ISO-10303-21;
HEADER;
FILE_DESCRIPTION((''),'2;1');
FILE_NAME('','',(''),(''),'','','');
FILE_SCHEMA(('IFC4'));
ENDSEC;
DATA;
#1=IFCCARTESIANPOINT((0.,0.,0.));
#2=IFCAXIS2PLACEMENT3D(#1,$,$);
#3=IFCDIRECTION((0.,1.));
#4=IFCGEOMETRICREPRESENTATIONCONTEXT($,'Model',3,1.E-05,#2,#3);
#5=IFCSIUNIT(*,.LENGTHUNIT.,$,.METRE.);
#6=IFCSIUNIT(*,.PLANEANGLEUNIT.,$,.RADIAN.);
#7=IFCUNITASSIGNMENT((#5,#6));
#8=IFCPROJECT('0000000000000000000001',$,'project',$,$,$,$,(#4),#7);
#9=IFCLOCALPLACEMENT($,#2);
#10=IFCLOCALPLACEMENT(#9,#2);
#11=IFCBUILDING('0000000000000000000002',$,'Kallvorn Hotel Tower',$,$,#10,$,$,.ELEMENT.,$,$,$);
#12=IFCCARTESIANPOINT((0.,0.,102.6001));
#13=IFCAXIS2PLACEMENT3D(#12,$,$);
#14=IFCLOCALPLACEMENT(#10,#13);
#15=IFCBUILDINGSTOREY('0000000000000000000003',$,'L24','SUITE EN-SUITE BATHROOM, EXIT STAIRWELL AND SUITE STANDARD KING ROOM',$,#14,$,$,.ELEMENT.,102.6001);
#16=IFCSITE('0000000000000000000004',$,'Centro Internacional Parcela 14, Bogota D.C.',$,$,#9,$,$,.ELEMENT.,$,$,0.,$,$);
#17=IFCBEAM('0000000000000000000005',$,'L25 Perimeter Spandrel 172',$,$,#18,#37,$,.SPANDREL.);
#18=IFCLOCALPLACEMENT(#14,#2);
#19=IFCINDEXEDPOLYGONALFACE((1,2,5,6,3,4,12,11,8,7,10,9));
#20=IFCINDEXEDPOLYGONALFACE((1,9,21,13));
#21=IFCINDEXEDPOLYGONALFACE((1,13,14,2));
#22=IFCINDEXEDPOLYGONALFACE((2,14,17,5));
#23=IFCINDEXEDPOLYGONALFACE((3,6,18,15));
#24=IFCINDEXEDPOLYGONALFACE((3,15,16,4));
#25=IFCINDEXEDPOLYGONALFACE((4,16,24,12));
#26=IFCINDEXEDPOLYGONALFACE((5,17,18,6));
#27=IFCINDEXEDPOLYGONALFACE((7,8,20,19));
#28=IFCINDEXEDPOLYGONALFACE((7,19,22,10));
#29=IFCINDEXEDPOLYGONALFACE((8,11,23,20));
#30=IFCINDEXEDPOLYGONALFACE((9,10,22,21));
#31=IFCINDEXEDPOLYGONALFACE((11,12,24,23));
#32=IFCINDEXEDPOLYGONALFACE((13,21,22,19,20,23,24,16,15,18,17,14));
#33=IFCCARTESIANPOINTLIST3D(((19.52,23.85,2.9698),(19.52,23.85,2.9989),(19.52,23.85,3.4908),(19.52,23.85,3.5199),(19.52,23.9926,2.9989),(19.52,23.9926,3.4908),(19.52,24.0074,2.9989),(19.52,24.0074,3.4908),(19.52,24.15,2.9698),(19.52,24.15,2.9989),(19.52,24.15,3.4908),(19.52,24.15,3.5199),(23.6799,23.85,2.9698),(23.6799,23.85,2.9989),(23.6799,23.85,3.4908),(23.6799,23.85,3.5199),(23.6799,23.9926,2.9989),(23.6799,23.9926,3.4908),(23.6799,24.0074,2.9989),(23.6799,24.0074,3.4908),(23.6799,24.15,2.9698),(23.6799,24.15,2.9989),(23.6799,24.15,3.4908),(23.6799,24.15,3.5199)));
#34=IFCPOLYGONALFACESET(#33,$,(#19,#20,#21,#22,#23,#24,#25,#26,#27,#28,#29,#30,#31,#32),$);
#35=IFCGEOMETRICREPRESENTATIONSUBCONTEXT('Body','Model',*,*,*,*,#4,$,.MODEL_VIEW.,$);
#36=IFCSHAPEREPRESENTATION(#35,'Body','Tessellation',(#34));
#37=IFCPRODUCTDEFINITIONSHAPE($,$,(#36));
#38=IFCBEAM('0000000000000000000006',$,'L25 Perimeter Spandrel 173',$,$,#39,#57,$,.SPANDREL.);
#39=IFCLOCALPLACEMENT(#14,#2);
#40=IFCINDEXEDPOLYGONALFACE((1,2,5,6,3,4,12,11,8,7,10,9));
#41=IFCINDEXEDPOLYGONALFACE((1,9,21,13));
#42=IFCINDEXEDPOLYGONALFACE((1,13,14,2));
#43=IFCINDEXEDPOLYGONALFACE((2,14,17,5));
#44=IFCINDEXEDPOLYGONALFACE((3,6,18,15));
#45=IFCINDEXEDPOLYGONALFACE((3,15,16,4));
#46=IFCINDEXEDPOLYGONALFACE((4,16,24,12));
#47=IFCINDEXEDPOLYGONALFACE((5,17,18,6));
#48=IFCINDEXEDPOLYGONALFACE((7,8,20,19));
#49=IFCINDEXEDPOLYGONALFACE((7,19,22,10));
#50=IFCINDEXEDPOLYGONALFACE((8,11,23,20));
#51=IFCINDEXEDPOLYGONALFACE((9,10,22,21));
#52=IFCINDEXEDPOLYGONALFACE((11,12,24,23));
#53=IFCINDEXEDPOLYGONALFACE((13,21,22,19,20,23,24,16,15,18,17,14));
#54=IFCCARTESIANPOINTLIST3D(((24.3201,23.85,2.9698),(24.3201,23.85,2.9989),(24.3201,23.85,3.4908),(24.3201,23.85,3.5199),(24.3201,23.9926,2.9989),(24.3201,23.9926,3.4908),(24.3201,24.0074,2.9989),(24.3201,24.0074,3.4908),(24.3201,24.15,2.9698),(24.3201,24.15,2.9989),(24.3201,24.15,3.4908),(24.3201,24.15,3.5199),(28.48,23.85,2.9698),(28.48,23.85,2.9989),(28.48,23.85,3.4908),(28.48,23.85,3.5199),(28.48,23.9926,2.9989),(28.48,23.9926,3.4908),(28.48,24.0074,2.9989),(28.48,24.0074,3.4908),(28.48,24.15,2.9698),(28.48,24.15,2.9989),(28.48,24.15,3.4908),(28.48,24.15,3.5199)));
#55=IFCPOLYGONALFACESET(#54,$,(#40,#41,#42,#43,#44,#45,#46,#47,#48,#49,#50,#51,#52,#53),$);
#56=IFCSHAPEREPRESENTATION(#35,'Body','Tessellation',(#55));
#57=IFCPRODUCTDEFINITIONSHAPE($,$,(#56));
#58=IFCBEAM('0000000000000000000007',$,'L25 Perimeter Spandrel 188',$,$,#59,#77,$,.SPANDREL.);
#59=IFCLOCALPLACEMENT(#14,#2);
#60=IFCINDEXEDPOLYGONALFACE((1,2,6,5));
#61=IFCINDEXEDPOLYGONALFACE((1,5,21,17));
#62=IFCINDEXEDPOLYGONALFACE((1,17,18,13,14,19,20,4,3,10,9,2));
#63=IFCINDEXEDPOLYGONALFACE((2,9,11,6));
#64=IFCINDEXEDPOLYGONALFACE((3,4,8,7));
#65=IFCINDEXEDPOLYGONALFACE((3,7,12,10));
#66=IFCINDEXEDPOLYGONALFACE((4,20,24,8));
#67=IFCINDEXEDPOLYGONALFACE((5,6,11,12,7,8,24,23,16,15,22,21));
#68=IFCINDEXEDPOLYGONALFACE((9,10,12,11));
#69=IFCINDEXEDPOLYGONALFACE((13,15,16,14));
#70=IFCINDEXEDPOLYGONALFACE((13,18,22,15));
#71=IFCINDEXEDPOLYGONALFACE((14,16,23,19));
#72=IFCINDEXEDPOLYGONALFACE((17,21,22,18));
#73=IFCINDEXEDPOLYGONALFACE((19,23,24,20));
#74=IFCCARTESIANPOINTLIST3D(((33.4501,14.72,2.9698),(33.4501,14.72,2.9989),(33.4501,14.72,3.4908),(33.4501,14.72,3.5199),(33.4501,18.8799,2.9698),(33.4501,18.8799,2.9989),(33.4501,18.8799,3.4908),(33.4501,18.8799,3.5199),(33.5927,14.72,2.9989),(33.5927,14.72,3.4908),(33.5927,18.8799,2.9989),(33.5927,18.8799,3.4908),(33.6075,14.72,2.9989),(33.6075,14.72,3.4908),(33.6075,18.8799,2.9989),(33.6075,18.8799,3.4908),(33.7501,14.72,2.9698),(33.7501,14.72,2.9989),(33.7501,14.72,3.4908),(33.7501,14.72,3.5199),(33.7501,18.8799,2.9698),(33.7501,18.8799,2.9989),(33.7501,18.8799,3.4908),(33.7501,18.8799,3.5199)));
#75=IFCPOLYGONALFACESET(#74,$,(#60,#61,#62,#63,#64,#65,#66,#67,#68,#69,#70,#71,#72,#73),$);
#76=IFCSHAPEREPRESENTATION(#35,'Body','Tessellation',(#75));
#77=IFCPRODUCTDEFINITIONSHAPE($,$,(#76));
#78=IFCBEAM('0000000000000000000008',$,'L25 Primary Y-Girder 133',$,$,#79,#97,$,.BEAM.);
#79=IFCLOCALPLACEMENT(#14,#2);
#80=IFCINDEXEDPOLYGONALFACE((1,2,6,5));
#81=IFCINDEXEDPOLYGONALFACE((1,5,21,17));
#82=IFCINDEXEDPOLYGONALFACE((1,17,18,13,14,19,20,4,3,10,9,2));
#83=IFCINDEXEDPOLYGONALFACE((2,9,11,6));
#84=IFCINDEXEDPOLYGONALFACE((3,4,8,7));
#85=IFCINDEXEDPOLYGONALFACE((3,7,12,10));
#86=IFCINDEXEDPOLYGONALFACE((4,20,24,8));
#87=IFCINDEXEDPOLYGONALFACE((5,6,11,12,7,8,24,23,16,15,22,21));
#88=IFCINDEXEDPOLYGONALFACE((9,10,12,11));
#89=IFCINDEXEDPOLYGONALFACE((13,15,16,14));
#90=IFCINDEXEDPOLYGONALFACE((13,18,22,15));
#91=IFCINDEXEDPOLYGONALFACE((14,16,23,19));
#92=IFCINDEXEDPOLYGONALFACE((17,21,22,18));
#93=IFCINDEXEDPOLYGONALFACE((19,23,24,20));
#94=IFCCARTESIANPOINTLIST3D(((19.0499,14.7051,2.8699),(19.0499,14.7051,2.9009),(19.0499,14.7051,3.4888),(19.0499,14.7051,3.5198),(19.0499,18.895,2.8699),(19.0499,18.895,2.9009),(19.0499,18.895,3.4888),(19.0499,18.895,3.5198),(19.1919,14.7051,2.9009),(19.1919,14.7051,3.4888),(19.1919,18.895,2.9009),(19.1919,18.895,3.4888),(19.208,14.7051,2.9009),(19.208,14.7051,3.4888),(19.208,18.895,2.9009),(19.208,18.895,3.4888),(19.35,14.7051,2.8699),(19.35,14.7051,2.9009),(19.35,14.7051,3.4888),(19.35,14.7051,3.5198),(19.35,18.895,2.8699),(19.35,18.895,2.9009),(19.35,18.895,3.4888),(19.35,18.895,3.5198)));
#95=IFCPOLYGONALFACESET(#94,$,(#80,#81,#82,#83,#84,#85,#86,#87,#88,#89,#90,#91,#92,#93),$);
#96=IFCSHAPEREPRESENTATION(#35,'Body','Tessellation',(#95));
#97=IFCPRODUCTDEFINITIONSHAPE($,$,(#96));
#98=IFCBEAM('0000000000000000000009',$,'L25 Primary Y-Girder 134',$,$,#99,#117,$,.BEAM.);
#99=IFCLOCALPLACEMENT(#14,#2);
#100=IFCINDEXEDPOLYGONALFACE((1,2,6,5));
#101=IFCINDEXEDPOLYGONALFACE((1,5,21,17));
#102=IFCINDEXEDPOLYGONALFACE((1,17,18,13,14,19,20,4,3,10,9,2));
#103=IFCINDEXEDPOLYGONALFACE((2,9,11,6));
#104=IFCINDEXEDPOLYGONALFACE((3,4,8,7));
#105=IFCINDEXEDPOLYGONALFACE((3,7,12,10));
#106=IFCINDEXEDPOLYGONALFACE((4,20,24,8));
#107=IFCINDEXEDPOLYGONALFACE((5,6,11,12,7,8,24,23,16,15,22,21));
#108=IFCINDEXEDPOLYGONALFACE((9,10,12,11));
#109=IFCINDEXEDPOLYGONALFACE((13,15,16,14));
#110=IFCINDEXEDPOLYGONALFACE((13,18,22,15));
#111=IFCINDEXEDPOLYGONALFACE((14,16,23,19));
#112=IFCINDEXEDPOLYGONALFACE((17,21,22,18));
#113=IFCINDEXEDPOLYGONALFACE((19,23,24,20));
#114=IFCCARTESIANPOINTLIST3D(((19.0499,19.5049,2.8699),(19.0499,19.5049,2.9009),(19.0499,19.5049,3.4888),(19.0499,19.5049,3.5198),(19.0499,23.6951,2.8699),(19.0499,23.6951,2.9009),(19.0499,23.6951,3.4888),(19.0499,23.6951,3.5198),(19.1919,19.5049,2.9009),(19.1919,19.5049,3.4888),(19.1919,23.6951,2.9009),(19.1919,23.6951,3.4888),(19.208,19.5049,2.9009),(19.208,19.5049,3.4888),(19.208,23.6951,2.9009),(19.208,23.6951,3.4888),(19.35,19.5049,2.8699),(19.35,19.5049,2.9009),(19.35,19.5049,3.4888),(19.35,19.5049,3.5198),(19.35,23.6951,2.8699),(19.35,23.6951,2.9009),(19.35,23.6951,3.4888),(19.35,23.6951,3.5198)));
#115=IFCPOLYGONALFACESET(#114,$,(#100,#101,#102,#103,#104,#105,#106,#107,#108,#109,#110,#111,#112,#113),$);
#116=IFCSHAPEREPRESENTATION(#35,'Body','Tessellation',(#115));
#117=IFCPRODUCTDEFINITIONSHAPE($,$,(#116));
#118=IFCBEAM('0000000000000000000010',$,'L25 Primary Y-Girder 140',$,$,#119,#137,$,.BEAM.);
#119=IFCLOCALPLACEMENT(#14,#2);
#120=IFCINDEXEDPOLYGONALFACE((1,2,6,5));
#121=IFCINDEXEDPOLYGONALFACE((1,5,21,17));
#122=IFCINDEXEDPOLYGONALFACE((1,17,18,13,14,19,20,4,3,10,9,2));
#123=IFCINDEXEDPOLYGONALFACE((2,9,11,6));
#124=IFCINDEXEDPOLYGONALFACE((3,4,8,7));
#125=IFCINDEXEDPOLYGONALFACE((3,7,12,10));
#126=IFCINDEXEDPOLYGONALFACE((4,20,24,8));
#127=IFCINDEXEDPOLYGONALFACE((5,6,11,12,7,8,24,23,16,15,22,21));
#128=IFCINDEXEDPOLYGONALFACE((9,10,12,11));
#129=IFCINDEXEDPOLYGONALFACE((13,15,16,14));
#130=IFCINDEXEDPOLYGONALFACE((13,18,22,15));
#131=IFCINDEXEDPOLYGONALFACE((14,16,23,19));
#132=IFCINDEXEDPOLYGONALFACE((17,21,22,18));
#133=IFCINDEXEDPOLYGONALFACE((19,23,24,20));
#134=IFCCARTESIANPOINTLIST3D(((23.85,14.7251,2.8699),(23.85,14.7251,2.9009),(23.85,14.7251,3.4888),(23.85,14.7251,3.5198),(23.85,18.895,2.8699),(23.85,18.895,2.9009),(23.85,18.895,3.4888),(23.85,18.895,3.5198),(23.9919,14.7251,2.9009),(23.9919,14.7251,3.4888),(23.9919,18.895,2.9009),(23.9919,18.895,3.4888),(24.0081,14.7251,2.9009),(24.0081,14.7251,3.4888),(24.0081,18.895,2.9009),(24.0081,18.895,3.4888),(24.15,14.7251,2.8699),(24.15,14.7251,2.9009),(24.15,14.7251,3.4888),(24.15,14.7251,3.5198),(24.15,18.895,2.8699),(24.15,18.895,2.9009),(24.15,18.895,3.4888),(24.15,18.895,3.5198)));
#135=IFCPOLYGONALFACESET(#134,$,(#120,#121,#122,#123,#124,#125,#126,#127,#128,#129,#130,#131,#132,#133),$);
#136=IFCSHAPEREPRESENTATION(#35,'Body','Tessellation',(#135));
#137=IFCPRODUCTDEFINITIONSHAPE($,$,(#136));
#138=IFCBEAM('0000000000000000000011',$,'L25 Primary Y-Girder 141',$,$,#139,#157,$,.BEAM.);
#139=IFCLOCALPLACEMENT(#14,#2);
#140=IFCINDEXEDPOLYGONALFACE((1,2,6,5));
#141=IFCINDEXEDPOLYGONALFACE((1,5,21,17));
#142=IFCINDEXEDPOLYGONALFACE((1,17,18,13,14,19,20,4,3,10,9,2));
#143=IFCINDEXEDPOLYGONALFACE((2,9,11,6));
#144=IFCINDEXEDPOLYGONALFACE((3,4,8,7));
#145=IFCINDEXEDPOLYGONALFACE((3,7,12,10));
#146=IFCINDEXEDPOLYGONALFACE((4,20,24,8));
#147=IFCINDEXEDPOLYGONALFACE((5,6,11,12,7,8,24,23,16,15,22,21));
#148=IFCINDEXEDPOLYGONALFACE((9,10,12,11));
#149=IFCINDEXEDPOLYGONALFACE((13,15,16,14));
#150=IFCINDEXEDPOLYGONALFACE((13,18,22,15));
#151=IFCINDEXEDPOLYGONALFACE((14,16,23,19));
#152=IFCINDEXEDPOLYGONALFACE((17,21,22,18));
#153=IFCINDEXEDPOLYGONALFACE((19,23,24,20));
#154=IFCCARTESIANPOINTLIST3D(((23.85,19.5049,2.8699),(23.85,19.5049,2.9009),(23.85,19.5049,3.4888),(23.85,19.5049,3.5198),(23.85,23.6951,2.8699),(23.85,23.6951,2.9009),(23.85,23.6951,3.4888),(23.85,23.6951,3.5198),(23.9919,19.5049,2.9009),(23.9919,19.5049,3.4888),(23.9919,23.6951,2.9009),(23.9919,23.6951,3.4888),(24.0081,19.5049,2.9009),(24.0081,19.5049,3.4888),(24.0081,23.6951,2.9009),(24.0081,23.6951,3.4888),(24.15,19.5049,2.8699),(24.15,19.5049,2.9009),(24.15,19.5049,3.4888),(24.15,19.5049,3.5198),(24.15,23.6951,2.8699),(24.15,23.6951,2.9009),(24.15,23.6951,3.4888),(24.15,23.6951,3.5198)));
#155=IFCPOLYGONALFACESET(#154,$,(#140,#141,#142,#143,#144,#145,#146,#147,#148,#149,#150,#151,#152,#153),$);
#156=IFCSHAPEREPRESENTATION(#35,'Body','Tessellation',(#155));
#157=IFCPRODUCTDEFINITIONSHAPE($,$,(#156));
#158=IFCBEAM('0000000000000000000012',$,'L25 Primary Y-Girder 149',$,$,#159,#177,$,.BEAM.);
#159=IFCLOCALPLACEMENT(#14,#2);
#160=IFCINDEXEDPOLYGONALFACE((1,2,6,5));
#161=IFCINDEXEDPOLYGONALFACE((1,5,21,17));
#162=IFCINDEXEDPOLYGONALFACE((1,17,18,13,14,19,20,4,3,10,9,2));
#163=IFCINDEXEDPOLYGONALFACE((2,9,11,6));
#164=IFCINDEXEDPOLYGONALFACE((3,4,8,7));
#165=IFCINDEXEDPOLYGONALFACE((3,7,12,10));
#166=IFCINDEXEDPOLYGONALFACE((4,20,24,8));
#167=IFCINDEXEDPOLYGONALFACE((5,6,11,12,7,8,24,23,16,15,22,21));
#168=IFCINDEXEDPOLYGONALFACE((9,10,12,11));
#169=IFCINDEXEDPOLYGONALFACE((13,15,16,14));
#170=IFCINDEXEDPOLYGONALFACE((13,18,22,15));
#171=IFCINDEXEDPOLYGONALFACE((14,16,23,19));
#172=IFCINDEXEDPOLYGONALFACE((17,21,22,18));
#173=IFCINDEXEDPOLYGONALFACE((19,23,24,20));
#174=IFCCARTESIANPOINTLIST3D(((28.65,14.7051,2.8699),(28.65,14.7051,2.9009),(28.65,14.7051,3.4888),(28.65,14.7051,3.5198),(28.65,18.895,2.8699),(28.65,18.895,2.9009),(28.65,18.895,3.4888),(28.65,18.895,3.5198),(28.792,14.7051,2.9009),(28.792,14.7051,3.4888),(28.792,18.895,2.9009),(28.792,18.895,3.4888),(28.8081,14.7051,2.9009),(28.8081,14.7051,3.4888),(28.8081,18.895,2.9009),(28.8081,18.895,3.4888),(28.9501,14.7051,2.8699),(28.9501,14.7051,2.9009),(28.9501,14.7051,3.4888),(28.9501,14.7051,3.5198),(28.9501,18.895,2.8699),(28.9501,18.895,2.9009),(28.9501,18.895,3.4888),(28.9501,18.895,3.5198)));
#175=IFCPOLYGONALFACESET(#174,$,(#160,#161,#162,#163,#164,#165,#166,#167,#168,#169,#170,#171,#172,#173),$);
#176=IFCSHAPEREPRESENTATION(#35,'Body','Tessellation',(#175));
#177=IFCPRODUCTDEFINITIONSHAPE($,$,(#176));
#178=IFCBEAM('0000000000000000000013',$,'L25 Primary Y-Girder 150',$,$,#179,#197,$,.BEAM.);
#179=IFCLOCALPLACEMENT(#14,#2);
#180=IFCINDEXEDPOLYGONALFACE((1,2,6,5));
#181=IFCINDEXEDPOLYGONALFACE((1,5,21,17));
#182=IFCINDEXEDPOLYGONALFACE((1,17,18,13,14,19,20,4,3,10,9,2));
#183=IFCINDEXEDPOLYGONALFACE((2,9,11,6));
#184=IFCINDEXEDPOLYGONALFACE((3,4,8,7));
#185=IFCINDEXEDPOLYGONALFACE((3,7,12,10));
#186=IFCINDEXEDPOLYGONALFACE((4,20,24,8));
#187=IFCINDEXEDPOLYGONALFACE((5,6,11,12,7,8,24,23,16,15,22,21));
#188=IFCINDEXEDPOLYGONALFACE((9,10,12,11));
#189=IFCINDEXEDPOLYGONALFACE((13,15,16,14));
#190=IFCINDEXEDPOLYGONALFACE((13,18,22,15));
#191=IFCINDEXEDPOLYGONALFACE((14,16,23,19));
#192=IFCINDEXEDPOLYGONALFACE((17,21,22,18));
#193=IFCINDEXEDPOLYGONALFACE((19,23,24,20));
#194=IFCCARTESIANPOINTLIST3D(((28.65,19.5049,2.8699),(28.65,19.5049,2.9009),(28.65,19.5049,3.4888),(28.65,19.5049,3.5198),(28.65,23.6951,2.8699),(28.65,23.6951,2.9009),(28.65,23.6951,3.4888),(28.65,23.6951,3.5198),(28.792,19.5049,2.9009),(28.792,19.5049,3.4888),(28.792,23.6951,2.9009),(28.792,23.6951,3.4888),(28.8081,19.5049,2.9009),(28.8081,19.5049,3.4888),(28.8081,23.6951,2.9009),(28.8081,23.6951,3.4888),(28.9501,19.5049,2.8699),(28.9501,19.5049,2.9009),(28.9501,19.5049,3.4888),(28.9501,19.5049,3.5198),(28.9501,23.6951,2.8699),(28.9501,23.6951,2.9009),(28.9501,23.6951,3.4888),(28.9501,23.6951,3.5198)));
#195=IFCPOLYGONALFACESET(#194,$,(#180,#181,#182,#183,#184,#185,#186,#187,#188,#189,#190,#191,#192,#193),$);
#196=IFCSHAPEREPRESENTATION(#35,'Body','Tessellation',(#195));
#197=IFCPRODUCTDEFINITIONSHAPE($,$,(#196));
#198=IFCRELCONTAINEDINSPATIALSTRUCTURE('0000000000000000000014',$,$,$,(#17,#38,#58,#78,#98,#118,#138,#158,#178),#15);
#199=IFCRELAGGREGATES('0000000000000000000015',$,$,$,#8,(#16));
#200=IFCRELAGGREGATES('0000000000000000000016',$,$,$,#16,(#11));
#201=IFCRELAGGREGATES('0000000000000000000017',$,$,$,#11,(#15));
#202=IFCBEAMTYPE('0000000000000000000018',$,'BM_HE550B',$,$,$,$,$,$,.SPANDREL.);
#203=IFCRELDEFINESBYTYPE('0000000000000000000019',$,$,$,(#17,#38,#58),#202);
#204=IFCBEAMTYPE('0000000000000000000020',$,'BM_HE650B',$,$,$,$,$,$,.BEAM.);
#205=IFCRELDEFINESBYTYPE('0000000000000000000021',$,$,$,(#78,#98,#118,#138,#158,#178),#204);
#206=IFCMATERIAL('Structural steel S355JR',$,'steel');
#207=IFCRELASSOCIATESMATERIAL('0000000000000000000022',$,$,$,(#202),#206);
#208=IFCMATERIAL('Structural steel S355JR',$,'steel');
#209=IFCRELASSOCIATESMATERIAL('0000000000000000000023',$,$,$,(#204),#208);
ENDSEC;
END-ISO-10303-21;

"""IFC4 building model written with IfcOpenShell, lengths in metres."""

from ifc_helpers import new_model, si_unit, direction, frame, origin, origin_2d, place, context, subcontext, project, spatial, i_section, extrude, material, material_profile, profile_set, type_object, element, save


model = new_model("IFC4")

# Units and contexts
model_context = context("Model", 3, precision=1e-05, world=origin(), true_north=direction((0.0, 1.0)))
body_context = subcontext(model_context, "Body", "Model", "MODEL_VIEW")
ifc_project = project(units=[si_unit("LENGTHUNIT", "METRE"), si_unit("PLANEANGLEUNIT", "RADIAN")], contexts=[model_context])

# Site, building, storey
site_placement = place(None, origin())
site = spatial("IfcSite", under=ifc_project, at=site_placement, Name="Centro Internacional Parcela 14, Bogota D.C.", CompositionType="ELEMENT", RefElevation=0.0)
building_placement = place(site_placement, origin())
building = spatial("IfcBuilding", under=site, at=building_placement, Name="Kallvorn Hotel Tower", CompositionType="ELEMENT")
storey_placement = place(building_placement, frame((0.0, 0.0, 102.6001)))
storey = spatial("IfcBuildingStorey", under=building, at=storey_placement, Name="L24", Description="SUITE EN-SUITE BATHROOM, EXIT STAIRWELL AND SUITE STANDARD KING ROOM", CompositionType="ELEMENT", Elevation=102.6001)

# Beams
ifc_material_1 = material(Name="Structural steel S355JR", Category="steel")
ifc_material_profile_1 = material_profile(ifc_material_1, i_section(OverallWidth=0.3, OverallDepth=0.55, WebThickness=0.0149, FlangeThickness=0.0291, at=origin_2d()), Name="HE 550 B")
ifc_profile_set_1 = profile_set([ifc_material_profile_1], Name="Structural steel S355JR")
beam_type_1 = type_object("IfcBeamType", Name="BM_HE550B", PredefinedType="SPANDREL", material=ifc_profile_set_1)
for number, where, z_axis, x_axis, name in (
    (1, (19.52, 24.0, 3.2449), (1.0, 0.0, 0.0), (0.0, 1.0, 0.0), "L25 Perimeter Spandrel 172"),
    (2, (24.3201, 24.0, 3.2449), (1.0, 0.0, 0.0), (0.0, 1.0, 0.0), "L25 Perimeter Spandrel 173"),
    (3, (33.6001, 14.72, 3.2449), (0.0, 1.0, 0.0), (-1.0, 0.0, 0.0), "L25 Perimeter Spandrel 188"),
):
    element("IfcBeam", number, at=place(storey_placement, frame(where, z_axis=z_axis, x_axis=x_axis)), inside=storey, type_object=beam_type_1, Name=name, PredefinedType="SPANDREL", context=body_context, shape_type="SweptSolid", body=[
        extrude(i_section(OverallWidth=0.3, OverallDepth=0.55, WebThickness=0.0149, FlangeThickness=0.0291, at=origin_2d()), origin(), (0.0, 0.0, 1.0), 4.1599),
    ])
ifc_material_2 = material(Name="Structural steel S355JR", Category="steel")
ifc_material_profile_2 = material_profile(ifc_material_2, i_section(OverallWidth=0.3, OverallDepth=0.6499, WebThickness=0.0161, FlangeThickness=0.031, at=origin_2d()), Name="HE 650 B")
ifc_profile_set_2 = profile_set([ifc_material_profile_2], Name="Structural steel S355JR")
beam_type_2 = type_object("IfcBeamType", Name="BM_HE650B", PredefinedType="BEAM", material=ifc_profile_set_2)
beam_1_placement = place(storey_placement, frame((19.2, 14.7051, 3.1948), z_axis=(0.0, 1.0, 0.0), x_axis=(-1.0, 0.0, 0.0)))
element("IfcBeam", 4, at=beam_1_placement, inside=storey, type_object=beam_type_2, Name="L25 Primary Y-Girder 133", PredefinedType="BEAM", context=body_context, shape_type="SweptSolid", body=[
    extrude(i_section(OverallWidth=0.3, OverallDepth=0.6499, WebThickness=0.0161, FlangeThickness=0.031, at=origin_2d()), origin(), (0.0, 0.0, 1.0), 4.1899),
])
beam_2_placement = place(storey_placement, frame((19.2, 19.5049, 3.1948), z_axis=(0.0, 1.0, 0.0), x_axis=(-1.0, 0.0, 0.0)))
element("IfcBeam", 5, at=beam_2_placement, inside=storey, type_object=beam_type_2, Name="L25 Primary Y-Girder 134", PredefinedType="BEAM", context=body_context, shape_type="SweptSolid", body=[
    extrude(i_section(OverallWidth=0.3, OverallDepth=0.6499, WebThickness=0.0161, FlangeThickness=0.031, at=origin_2d()), origin(), (0.0, 0.0, 1.0), 4.1902),
])
beam_3_placement = place(storey_placement, frame((24.0, 14.7251, 3.1948), z_axis=(0.0, 1.0, 0.0), x_axis=(-1.0, 0.0, 0.0)))
element("IfcBeam", 6, at=beam_3_placement, inside=storey, type_object=beam_type_2, Name="L25 Primary Y-Girder 140", PredefinedType="BEAM", context=body_context, shape_type="SweptSolid", body=[
    extrude(i_section(OverallWidth=0.3, OverallDepth=0.6499, WebThickness=0.0161, FlangeThickness=0.031, at=origin_2d()), origin(), (0.0, 0.0, 1.0), 4.1699),
])
beam_4_placement = place(storey_placement, frame((24.0, 19.5049, 3.1948), z_axis=(0.0, 1.0, 0.0), x_axis=(-1.0, 0.0, 0.0)))
element("IfcBeam", 7, at=beam_4_placement, inside=storey, type_object=beam_type_2, Name="L25 Primary Y-Girder 141", PredefinedType="BEAM", context=body_context, shape_type="SweptSolid", body=[
    extrude(i_section(OverallWidth=0.3, OverallDepth=0.6499, WebThickness=0.0161, FlangeThickness=0.031, at=origin_2d()), origin(), (0.0, 0.0, 1.0), 4.1902),
])
beam_5_placement = place(storey_placement, frame((28.8, 14.7051, 3.1948), z_axis=(0.0, 1.0, 0.0), x_axis=(-1.0, 0.0, 0.0)))
element("IfcBeam", 8, at=beam_5_placement, inside=storey, type_object=beam_type_2, Name="L25 Primary Y-Girder 149", PredefinedType="BEAM", context=body_context, shape_type="SweptSolid", body=[
    extrude(i_section(OverallWidth=0.3, OverallDepth=0.6499, WebThickness=0.0161, FlangeThickness=0.031, at=origin_2d()), origin(), (0.0, 0.0, 1.0), 4.1899),
])
beam_6_placement = place(storey_placement, frame((28.8, 19.5049, 3.1948), z_axis=(0.0, 1.0, 0.0), x_axis=(-1.0, 0.0, 0.0)))
element("IfcBeam", 9, at=beam_6_placement, inside=storey, type_object=beam_type_2, Name="L25 Primary Y-Girder 150", PredefinedType="BEAM", context=body_context, shape_type="SweptSolid", body=[
    extrude(i_section(OverallWidth=0.3, OverallDepth=0.6499, WebThickness=0.0161, FlangeThickness=0.031, at=origin_2d()), origin(), (0.0, 0.0, 1.0), 4.1902),
])

save(model, "model.ifc")
